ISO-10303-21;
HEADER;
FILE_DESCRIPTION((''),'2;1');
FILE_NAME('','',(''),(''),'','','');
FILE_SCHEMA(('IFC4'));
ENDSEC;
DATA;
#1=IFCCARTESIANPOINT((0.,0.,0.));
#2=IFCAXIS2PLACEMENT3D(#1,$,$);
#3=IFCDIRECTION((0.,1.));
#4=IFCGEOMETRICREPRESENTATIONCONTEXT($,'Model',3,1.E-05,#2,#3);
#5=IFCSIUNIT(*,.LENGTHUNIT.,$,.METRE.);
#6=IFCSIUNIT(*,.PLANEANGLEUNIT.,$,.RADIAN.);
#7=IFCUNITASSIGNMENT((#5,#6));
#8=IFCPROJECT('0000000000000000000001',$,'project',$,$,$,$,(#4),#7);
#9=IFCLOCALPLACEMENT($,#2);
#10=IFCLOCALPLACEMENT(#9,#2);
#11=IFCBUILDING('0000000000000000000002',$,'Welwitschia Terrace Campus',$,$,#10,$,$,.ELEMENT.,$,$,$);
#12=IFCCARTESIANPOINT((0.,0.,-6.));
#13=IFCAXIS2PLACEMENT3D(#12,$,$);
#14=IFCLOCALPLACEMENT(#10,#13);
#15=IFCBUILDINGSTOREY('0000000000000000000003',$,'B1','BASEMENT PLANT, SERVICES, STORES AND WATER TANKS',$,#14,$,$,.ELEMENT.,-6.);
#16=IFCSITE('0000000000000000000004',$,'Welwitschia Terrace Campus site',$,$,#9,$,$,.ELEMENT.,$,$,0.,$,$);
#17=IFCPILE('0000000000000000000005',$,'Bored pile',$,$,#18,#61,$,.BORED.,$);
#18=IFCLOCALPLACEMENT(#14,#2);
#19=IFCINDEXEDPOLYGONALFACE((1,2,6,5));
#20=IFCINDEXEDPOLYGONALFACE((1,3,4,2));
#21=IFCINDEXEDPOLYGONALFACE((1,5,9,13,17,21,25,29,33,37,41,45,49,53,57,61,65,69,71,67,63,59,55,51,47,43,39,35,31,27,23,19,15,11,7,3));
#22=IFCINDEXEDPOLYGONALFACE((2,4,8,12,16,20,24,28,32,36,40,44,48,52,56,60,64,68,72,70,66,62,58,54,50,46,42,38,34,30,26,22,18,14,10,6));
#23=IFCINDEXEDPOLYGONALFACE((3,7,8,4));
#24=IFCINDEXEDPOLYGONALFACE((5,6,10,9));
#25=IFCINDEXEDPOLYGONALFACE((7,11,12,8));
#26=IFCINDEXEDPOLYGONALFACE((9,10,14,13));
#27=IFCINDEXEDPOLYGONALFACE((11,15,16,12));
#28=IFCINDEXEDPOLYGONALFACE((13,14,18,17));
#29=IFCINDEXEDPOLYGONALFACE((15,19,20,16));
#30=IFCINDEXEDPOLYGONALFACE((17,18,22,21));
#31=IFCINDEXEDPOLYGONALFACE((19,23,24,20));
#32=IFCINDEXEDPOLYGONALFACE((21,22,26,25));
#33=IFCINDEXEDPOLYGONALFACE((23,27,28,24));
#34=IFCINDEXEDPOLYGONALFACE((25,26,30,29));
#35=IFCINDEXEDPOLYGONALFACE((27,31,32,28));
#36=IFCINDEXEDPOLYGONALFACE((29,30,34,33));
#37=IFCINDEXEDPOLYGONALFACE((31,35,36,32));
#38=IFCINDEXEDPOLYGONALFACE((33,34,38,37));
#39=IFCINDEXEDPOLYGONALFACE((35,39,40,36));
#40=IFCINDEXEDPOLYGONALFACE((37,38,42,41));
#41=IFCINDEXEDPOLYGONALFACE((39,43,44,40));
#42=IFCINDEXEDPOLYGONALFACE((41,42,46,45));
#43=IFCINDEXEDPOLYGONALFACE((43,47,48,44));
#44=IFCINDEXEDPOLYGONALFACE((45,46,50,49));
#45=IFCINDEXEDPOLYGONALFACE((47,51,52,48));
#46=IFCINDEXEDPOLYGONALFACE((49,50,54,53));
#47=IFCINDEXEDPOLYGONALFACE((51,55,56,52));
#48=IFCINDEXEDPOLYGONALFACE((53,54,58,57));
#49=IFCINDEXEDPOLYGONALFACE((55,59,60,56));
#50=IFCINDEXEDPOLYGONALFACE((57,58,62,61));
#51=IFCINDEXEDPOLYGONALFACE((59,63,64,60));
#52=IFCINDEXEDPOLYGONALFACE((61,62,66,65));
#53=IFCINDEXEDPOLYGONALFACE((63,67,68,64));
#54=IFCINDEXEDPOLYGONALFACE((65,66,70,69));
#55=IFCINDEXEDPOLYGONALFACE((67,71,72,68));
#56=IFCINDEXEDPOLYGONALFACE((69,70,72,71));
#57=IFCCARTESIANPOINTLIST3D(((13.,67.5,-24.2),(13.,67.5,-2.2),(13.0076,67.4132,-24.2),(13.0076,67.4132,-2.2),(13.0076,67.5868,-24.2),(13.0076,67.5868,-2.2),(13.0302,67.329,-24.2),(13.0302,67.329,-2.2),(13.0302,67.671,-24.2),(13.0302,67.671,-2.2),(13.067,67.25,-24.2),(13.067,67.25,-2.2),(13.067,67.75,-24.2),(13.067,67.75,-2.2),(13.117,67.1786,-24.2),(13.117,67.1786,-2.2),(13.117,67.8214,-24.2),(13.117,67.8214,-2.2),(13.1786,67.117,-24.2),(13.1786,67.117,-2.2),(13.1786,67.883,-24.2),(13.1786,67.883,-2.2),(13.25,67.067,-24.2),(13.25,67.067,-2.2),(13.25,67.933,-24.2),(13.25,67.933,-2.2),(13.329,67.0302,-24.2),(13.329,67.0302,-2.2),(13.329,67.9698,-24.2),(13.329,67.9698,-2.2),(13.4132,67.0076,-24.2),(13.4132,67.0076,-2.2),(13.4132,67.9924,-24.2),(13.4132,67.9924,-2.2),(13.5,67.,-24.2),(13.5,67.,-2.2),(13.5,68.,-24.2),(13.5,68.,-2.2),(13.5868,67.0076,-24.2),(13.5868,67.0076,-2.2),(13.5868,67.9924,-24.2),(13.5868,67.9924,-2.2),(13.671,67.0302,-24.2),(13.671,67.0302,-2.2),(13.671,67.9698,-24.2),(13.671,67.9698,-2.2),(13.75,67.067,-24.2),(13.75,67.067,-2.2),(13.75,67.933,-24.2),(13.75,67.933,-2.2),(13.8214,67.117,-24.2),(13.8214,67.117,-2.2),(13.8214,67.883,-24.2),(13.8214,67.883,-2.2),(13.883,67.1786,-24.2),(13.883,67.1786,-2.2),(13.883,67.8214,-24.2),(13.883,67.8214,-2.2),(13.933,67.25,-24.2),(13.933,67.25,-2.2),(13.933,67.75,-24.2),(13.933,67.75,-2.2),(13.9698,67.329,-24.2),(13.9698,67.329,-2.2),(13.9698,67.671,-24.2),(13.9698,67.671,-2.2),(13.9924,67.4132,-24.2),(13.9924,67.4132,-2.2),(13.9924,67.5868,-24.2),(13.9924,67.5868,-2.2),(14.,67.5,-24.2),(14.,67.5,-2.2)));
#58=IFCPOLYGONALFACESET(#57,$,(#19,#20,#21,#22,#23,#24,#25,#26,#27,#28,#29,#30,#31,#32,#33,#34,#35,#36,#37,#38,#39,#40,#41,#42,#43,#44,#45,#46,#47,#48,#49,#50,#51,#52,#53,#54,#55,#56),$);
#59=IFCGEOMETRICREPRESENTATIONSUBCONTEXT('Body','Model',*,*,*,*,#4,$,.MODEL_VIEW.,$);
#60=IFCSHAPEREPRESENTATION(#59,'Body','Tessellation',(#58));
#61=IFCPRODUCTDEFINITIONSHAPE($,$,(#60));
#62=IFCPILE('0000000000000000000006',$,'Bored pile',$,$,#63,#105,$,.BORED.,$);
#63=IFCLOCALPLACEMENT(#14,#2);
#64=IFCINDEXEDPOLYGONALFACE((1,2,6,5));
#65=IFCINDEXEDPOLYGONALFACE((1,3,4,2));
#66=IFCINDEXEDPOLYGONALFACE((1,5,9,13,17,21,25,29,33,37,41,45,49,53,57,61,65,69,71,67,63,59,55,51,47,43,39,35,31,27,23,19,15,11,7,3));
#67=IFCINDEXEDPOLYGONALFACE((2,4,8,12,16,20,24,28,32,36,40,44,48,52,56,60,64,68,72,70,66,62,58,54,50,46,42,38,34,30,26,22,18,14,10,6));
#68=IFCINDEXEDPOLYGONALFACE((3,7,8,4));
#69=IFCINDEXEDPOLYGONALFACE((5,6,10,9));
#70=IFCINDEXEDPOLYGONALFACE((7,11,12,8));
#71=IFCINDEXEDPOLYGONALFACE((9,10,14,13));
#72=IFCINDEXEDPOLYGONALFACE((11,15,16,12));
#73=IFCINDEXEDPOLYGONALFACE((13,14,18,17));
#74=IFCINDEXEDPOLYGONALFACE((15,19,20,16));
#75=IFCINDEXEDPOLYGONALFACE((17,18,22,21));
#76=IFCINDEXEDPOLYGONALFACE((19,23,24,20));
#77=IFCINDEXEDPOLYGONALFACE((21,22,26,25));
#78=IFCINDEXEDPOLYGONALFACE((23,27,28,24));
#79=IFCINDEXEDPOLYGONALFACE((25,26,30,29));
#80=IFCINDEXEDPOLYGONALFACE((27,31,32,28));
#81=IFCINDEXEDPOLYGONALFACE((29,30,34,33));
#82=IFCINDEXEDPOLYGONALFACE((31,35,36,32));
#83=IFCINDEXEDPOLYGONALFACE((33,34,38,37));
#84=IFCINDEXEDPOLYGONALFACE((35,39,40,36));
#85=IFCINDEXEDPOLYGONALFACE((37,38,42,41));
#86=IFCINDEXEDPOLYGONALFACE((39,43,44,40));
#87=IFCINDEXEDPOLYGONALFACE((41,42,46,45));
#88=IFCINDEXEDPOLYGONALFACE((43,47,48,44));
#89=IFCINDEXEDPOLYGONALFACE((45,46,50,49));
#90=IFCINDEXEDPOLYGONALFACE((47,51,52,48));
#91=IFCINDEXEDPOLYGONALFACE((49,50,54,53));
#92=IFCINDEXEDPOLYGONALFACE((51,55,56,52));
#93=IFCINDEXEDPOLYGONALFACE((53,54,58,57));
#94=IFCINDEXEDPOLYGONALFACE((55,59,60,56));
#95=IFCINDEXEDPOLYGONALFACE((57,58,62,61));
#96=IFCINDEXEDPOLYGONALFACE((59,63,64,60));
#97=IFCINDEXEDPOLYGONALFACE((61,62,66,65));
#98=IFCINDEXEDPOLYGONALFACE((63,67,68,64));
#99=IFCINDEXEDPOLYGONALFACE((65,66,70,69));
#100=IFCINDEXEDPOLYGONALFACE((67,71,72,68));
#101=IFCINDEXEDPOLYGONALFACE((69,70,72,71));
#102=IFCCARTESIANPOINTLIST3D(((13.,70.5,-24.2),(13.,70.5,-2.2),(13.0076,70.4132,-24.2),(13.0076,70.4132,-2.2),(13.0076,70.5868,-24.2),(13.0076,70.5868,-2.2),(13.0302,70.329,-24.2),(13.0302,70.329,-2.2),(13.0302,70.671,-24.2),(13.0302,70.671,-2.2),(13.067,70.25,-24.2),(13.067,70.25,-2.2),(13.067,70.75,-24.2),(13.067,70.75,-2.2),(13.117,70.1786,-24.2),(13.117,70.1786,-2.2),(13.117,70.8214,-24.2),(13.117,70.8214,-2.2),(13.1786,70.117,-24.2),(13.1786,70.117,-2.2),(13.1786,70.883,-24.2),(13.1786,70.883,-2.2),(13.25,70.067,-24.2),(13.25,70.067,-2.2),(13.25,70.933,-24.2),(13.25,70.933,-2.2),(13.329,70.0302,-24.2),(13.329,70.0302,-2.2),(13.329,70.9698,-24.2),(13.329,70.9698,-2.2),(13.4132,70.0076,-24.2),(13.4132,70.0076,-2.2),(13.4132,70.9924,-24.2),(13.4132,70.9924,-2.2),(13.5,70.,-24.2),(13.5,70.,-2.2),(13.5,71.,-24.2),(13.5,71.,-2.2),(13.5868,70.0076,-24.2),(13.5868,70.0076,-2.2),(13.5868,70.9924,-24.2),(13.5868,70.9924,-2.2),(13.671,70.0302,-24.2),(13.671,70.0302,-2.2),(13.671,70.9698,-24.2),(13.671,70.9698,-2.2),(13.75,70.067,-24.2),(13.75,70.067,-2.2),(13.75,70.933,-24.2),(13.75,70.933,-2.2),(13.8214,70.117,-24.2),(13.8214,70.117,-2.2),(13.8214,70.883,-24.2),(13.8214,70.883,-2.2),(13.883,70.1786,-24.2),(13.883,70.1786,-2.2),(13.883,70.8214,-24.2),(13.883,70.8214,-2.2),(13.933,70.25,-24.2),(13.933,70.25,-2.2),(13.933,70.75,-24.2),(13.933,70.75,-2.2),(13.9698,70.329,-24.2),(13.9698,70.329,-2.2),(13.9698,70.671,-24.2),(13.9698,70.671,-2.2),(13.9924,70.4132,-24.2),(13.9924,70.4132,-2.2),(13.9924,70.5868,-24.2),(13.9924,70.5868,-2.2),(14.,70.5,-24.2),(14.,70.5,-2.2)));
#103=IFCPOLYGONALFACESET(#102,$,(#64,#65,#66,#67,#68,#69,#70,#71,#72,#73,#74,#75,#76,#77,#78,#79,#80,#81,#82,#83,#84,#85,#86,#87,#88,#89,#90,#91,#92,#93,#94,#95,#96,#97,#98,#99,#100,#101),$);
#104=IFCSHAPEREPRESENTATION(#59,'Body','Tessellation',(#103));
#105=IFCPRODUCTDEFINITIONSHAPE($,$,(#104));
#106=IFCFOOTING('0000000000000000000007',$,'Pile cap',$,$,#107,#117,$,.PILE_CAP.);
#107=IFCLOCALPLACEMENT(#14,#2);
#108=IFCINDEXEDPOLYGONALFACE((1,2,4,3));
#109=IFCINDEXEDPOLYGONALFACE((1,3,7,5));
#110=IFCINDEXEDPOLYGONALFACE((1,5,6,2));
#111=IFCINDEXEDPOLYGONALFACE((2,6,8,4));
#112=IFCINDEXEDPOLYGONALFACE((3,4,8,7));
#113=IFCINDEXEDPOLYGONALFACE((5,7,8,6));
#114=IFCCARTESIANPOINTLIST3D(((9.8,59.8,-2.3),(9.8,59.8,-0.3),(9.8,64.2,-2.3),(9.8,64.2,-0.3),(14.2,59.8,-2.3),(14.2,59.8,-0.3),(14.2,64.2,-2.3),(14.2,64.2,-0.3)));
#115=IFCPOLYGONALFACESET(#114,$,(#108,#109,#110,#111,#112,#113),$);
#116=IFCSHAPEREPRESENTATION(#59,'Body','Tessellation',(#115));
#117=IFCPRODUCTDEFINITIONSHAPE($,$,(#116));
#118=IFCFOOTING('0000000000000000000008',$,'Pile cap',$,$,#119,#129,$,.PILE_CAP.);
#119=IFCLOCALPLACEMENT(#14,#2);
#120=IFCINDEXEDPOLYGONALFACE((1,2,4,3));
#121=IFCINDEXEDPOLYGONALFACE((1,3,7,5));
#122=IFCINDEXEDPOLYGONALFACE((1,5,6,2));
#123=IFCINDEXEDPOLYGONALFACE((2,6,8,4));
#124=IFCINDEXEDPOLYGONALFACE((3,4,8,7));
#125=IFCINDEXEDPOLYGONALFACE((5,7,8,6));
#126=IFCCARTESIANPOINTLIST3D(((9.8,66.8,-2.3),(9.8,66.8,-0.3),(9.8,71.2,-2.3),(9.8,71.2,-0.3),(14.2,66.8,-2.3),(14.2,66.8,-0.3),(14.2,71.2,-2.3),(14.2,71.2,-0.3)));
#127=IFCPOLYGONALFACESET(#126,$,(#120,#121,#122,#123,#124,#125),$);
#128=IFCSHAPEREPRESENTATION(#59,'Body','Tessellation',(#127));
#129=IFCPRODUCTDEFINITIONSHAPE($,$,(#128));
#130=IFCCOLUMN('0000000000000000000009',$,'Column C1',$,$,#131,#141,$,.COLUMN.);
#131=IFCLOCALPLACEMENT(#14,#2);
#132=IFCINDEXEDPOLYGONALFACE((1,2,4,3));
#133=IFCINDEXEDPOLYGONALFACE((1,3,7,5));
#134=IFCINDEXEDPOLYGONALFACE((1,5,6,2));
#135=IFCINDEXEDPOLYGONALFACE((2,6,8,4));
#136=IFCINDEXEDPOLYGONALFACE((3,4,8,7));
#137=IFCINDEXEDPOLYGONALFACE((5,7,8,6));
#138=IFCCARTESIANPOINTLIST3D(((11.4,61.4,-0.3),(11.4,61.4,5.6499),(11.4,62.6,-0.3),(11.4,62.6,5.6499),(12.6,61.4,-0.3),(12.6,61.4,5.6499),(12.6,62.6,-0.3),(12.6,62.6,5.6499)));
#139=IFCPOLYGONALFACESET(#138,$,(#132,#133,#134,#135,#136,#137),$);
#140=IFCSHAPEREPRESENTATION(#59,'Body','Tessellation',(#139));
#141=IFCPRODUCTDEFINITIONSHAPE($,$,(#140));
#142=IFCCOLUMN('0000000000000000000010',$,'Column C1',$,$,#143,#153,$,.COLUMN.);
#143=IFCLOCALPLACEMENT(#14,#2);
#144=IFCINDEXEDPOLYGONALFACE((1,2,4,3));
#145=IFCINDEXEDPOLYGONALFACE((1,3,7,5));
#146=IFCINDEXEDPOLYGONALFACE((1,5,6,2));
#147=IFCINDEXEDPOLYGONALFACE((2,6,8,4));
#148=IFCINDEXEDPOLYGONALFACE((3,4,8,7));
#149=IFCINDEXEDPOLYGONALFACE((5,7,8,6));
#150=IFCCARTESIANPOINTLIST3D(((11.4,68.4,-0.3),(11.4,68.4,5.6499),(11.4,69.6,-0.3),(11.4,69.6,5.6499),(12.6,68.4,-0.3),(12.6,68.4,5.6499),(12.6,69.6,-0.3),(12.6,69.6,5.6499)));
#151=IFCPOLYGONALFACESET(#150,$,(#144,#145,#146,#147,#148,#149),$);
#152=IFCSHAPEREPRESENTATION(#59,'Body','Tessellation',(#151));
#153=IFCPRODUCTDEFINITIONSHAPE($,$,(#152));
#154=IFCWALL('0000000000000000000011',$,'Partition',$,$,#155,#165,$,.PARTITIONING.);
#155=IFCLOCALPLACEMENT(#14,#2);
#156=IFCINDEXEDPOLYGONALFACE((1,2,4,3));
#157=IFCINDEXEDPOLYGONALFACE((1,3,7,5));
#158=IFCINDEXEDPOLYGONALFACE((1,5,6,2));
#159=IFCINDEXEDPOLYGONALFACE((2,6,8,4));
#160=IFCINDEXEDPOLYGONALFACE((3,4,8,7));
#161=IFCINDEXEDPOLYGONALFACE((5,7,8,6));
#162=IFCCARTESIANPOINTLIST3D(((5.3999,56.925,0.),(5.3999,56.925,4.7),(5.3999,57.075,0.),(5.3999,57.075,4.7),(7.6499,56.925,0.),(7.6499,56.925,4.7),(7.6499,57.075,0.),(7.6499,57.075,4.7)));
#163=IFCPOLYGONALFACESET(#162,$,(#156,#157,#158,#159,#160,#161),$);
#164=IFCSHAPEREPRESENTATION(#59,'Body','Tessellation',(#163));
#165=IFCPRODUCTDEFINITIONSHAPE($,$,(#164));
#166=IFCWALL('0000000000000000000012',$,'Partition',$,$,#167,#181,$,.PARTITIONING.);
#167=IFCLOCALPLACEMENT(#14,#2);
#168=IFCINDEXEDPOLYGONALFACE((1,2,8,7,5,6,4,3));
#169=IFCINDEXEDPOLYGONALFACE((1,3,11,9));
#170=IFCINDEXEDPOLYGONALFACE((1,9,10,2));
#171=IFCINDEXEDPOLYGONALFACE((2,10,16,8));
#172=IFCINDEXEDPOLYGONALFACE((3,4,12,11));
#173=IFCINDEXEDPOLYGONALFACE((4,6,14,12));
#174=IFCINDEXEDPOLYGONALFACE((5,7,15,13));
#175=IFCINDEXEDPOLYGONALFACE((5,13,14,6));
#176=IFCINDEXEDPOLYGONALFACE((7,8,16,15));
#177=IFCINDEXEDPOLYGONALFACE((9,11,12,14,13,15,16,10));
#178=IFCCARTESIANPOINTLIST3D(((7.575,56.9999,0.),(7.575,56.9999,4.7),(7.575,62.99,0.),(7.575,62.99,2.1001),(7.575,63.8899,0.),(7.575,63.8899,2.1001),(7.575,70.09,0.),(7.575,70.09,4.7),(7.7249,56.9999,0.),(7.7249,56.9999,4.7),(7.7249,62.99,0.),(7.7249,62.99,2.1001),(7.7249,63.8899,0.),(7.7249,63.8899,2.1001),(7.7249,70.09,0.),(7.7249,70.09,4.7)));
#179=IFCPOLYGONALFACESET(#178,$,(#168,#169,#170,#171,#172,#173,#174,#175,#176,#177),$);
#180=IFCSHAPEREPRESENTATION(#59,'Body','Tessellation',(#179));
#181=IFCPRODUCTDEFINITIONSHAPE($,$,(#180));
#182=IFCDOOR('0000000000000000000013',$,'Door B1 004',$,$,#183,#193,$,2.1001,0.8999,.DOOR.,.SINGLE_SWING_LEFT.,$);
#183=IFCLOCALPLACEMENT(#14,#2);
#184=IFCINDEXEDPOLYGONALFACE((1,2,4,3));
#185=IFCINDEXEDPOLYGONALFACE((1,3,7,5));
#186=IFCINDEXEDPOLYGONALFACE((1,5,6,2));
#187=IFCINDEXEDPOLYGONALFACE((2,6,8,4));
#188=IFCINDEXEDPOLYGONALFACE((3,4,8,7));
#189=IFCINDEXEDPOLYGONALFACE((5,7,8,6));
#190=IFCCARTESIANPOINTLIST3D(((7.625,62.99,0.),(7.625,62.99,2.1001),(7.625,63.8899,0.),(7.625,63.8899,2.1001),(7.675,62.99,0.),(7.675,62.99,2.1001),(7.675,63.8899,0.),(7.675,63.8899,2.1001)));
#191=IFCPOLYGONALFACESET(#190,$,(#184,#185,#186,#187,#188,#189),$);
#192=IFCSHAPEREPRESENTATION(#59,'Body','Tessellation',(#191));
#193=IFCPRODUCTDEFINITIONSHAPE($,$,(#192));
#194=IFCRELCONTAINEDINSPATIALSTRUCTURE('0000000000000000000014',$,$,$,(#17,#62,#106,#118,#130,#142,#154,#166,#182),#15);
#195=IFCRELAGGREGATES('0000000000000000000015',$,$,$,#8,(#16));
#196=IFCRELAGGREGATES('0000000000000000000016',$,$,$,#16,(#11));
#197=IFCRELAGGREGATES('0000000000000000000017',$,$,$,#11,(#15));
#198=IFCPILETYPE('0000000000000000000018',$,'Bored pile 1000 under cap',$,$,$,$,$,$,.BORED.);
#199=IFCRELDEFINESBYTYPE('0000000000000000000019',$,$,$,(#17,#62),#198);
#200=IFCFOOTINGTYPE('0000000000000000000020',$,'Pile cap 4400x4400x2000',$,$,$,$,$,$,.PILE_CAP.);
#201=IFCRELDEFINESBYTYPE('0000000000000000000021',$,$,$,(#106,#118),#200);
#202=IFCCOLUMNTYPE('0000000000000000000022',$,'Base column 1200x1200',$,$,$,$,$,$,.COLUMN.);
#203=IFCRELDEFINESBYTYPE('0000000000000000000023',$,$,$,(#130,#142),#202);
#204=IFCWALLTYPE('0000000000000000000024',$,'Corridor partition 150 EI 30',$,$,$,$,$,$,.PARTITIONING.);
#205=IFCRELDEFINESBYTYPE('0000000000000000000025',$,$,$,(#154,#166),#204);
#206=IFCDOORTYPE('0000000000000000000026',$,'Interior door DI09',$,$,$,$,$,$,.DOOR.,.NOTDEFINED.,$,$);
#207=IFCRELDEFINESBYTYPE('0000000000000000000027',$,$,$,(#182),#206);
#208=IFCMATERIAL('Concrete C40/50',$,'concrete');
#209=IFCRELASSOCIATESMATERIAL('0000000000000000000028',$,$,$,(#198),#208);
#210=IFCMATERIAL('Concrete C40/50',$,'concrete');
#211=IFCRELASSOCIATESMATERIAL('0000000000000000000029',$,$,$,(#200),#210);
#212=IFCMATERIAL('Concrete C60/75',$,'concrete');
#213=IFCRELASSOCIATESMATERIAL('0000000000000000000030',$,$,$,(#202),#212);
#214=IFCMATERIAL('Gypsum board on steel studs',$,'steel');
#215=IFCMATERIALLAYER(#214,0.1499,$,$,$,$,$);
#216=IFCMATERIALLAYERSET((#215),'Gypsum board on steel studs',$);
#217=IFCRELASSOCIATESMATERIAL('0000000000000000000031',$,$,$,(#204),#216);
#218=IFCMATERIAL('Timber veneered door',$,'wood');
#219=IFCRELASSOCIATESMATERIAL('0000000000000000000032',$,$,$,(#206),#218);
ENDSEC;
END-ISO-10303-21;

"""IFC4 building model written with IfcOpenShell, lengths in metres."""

from ifc_helpers import new_model, si_unit, direction, frame, frame_2d, origin, origin_2d, place, context, subcontext, project, spatial, rectangle, circle, extrude, material, layer, layer_set, material_profile, profile_set, type_object, element, fill, save


model = new_model("IFC4")

# Units and contexts
model_context = context("Model", 3, precision=1e-05, world=origin(), true_north=direction((0.0, 1.0)))
body_context = subcontext(model_context, "Body", "Model", "MODEL_VIEW")
ifc_project = project(units=[si_unit("LENGTHUNIT", "METRE"), si_unit("PLANEANGLEUNIT", "RADIAN")], contexts=[model_context])

# Site, building, storey
site_placement = place(None, origin())
site = spatial("IfcSite", under=ifc_project, at=site_placement, Name="Welwitschia Terrace Campus site", CompositionType="ELEMENT", RefElevation=0.0)
building_placement = place(site_placement, origin())
building = spatial("IfcBuilding", under=site, at=building_placement, Name="Welwitschia Terrace Campus", CompositionType="ELEMENT")
storey_placement = place(building_placement, frame((0.0, 0.0, -6.0)))
storey = spatial("IfcBuildingStorey", under=building, at=storey_placement, Name="B1", Description="BASEMENT PLANT, SERVICES, STORES AND WATER TANKS", CompositionType="ELEMENT", Elevation=-6.0)

# Piles
ifc_material_1 = material(Name="Concrete C40/50", Category="concrete")
pile_type = type_object("IfcPileType", Name="Bored pile 1000 under cap", PredefinedType="BORED", material=ifc_material_1)
for number, where, z_axis, x_axis, name in (
    (1, (13.5, 67.5, -2.2), (0.0, 0.0, -1.0), (1.0, 0.0, 0.0), "Bored pile"),
    (2, (13.5, 70.5, -2.2), (0.0, 0.0, -1.0), (1.0, 0.0, 0.0), "Bored pile"),
):
    element("IfcPile", number, at=place(storey_placement, frame(where, z_axis=z_axis, x_axis=x_axis)), inside=storey, type_object=pile_type, Name=name, PredefinedType="BORED", context=body_context, shape_type="SweptSolid", body=[
        extrude(circle(Radius=0.5, at=origin_2d()), origin(), (0.0, 0.0, 1.0), 22.0),
    ])

# Footings
ifc_material_2 = material(Name="Concrete C40/50", Category="concrete")
footing_type = type_object("IfcFootingType", Name="Pile cap 4400x4400x2000", PredefinedType="PILE_CAP", material=ifc_material_2)
for number, where, z_axis, x_axis, name in (
    (3, (12.0, 62.0, -2.3), (0.0, 0.0, 1.0), (1.0, 0.0, 0.0), "Pile cap"),
    (4, (12.0, 69.0, -2.3), (0.0, 0.0, 1.0), (1.0, 0.0, 0.0), "Pile cap"),
):
    element("IfcFooting", number, at=place(storey_placement, frame(where, z_axis=z_axis, x_axis=x_axis)), inside=storey, type_object=footing_type, Name=name, PredefinedType="PILE_CAP", context=body_context, shape_type="SweptSolid", body=[
        extrude(rectangle(XDim=4.3999, YDim=4.3999, at=origin_2d()), origin(), (0.0, 0.0, 1.0), 2.0),
    ])

# Columns
ifc_material_3 = material(Name="Concrete C60/75", Category="concrete")
ifc_material_profile = material_profile(ifc_material_3, rectangle(XDim=1.2, YDim=1.2, at=origin_2d()))
ifc_profile_set = profile_set([ifc_material_profile], Name="Concrete C60/75")
column_type = type_object("IfcColumnType", Name="Base column 1200x1200", PredefinedType="COLUMN", material=ifc_profile_set)
for number, where, z_axis, x_axis, name in (
    (5, (12.0, 62.0, -0.3), (0.0, 0.0, 1.0), (1.0, 0.0, 0.0), "Column C1"),
    (6, (12.0, 69.0, -0.3), (0.0, 0.0, 1.0), (1.0, 0.0, 0.0), "Column C1"),
):
    element("IfcColumn", number, at=place(storey_placement, frame(where, z_axis=z_axis, x_axis=x_axis)), inside=storey, type_object=column_type, Name=name, PredefinedType="COLUMN", context=body_context, shape_type="SweptSolid", body=[
        extrude(rectangle(XDim=1.2, YDim=1.2, at=origin_2d()), origin(), (0.0, 0.0, 1.0), 5.95),
    ])

# Wall
ifc_material_4 = material(Name="Gypsum board on steel studs", Category="steel")
ifc_layer = layer(ifc_material_4, 0.1499)
ifc_layer_set = layer_set([ifc_layer], Name="Gypsum board on steel studs")
wall_type = type_object("IfcWallType", Name="Corridor partition 150 EI 30", PredefinedType="PARTITIONING", material=ifc_layer_set)
wall_1_placement = place(storey_placement, frame((5.3999, 57.0, 0.0), z_axis=(0.0, 0.0, 1.0), x_axis=(1.0, 0.0, 0.0)))
element("IfcWall", 7, at=wall_1_placement, inside=storey, type_object=wall_type, Name="Partition", PredefinedType="PARTITIONING", context=body_context, shape_type="SweptSolid", body=[
    extrude(rectangle(XDim=2.25, YDim=0.1499, at=frame_2d((1.125, 0.0))), origin(), (0.0, 0.0, 1.0), 4.7),
])

# Wall, opening, door
wall_2_placement = place(storey_placement, frame((7.6499, 57.0, 0.0), z_axis=(0.0, 0.0, 1.0), x_axis=(0.0, 1.0, 0.0)))
wall_2 = element("IfcWall", 8, at=wall_2_placement, inside=storey, type_object=wall_type, Name="Partition", PredefinedType="PARTITIONING", context=body_context, shape_type="SweptSolid", body=[
    extrude(rectangle(XDim=13.0901, YDim=0.1499, at=frame_2d((6.5449, 0.0))), origin(), (0.0, 0.0, 1.0), 4.7),
])
opening_1_placement = place(wall_2_placement, frame((5.99, 0.0, 0.0)))
opening_1 = element("IfcOpeningElement", 9, at=opening_1_placement, cuts=wall_2, PredefinedType="OPENING", context=body_context, shape_type="SweptSolid", body=[
    extrude(rectangle(XDim=0.8999, YDim=2.1001, at=frame_2d((0.45, 1.05))), frame((0.0, 0.085, 0.0), z_axis=(0.0, -1.0, 0.0), x_axis=(1.0, 0.0, 0.0)), (0.0, 0.0, 1.0), 0.1699),
])
ifc_material_5 = material(Name="Timber veneered door", Category="wood")
door_type_1 = type_object("IfcDoorType", Name="Interior door DI09", OperationType="NOTDEFINED", PredefinedType="DOOR", material=ifc_material_5)
door_1_placement = place(opening_1_placement, origin())
door_1 = element("IfcDoor", 10, at=door_1_placement, inside=storey, type_object=door_type_1, Name="Door B1 004", OperationType="SINGLE_SWING_LEFT", OverallHeight=2.1001, OverallWidth=0.8999, PredefinedType="DOOR", context=body_context, shape_type="SweptSolid", body=[
    extrude(rectangle(XDim=0.8999, YDim=2.1001, at=frame_2d((0.45, 1.05))), frame((0.0, 0.0249, 0.0), z_axis=(0.0, -1.0, 0.0), x_axis=(1.0, 0.0, 0.0)), (0.0, 0.0, 1.0), 0.05),
])
fill(opening_1, door_1)

save(model, "model.ifc")
